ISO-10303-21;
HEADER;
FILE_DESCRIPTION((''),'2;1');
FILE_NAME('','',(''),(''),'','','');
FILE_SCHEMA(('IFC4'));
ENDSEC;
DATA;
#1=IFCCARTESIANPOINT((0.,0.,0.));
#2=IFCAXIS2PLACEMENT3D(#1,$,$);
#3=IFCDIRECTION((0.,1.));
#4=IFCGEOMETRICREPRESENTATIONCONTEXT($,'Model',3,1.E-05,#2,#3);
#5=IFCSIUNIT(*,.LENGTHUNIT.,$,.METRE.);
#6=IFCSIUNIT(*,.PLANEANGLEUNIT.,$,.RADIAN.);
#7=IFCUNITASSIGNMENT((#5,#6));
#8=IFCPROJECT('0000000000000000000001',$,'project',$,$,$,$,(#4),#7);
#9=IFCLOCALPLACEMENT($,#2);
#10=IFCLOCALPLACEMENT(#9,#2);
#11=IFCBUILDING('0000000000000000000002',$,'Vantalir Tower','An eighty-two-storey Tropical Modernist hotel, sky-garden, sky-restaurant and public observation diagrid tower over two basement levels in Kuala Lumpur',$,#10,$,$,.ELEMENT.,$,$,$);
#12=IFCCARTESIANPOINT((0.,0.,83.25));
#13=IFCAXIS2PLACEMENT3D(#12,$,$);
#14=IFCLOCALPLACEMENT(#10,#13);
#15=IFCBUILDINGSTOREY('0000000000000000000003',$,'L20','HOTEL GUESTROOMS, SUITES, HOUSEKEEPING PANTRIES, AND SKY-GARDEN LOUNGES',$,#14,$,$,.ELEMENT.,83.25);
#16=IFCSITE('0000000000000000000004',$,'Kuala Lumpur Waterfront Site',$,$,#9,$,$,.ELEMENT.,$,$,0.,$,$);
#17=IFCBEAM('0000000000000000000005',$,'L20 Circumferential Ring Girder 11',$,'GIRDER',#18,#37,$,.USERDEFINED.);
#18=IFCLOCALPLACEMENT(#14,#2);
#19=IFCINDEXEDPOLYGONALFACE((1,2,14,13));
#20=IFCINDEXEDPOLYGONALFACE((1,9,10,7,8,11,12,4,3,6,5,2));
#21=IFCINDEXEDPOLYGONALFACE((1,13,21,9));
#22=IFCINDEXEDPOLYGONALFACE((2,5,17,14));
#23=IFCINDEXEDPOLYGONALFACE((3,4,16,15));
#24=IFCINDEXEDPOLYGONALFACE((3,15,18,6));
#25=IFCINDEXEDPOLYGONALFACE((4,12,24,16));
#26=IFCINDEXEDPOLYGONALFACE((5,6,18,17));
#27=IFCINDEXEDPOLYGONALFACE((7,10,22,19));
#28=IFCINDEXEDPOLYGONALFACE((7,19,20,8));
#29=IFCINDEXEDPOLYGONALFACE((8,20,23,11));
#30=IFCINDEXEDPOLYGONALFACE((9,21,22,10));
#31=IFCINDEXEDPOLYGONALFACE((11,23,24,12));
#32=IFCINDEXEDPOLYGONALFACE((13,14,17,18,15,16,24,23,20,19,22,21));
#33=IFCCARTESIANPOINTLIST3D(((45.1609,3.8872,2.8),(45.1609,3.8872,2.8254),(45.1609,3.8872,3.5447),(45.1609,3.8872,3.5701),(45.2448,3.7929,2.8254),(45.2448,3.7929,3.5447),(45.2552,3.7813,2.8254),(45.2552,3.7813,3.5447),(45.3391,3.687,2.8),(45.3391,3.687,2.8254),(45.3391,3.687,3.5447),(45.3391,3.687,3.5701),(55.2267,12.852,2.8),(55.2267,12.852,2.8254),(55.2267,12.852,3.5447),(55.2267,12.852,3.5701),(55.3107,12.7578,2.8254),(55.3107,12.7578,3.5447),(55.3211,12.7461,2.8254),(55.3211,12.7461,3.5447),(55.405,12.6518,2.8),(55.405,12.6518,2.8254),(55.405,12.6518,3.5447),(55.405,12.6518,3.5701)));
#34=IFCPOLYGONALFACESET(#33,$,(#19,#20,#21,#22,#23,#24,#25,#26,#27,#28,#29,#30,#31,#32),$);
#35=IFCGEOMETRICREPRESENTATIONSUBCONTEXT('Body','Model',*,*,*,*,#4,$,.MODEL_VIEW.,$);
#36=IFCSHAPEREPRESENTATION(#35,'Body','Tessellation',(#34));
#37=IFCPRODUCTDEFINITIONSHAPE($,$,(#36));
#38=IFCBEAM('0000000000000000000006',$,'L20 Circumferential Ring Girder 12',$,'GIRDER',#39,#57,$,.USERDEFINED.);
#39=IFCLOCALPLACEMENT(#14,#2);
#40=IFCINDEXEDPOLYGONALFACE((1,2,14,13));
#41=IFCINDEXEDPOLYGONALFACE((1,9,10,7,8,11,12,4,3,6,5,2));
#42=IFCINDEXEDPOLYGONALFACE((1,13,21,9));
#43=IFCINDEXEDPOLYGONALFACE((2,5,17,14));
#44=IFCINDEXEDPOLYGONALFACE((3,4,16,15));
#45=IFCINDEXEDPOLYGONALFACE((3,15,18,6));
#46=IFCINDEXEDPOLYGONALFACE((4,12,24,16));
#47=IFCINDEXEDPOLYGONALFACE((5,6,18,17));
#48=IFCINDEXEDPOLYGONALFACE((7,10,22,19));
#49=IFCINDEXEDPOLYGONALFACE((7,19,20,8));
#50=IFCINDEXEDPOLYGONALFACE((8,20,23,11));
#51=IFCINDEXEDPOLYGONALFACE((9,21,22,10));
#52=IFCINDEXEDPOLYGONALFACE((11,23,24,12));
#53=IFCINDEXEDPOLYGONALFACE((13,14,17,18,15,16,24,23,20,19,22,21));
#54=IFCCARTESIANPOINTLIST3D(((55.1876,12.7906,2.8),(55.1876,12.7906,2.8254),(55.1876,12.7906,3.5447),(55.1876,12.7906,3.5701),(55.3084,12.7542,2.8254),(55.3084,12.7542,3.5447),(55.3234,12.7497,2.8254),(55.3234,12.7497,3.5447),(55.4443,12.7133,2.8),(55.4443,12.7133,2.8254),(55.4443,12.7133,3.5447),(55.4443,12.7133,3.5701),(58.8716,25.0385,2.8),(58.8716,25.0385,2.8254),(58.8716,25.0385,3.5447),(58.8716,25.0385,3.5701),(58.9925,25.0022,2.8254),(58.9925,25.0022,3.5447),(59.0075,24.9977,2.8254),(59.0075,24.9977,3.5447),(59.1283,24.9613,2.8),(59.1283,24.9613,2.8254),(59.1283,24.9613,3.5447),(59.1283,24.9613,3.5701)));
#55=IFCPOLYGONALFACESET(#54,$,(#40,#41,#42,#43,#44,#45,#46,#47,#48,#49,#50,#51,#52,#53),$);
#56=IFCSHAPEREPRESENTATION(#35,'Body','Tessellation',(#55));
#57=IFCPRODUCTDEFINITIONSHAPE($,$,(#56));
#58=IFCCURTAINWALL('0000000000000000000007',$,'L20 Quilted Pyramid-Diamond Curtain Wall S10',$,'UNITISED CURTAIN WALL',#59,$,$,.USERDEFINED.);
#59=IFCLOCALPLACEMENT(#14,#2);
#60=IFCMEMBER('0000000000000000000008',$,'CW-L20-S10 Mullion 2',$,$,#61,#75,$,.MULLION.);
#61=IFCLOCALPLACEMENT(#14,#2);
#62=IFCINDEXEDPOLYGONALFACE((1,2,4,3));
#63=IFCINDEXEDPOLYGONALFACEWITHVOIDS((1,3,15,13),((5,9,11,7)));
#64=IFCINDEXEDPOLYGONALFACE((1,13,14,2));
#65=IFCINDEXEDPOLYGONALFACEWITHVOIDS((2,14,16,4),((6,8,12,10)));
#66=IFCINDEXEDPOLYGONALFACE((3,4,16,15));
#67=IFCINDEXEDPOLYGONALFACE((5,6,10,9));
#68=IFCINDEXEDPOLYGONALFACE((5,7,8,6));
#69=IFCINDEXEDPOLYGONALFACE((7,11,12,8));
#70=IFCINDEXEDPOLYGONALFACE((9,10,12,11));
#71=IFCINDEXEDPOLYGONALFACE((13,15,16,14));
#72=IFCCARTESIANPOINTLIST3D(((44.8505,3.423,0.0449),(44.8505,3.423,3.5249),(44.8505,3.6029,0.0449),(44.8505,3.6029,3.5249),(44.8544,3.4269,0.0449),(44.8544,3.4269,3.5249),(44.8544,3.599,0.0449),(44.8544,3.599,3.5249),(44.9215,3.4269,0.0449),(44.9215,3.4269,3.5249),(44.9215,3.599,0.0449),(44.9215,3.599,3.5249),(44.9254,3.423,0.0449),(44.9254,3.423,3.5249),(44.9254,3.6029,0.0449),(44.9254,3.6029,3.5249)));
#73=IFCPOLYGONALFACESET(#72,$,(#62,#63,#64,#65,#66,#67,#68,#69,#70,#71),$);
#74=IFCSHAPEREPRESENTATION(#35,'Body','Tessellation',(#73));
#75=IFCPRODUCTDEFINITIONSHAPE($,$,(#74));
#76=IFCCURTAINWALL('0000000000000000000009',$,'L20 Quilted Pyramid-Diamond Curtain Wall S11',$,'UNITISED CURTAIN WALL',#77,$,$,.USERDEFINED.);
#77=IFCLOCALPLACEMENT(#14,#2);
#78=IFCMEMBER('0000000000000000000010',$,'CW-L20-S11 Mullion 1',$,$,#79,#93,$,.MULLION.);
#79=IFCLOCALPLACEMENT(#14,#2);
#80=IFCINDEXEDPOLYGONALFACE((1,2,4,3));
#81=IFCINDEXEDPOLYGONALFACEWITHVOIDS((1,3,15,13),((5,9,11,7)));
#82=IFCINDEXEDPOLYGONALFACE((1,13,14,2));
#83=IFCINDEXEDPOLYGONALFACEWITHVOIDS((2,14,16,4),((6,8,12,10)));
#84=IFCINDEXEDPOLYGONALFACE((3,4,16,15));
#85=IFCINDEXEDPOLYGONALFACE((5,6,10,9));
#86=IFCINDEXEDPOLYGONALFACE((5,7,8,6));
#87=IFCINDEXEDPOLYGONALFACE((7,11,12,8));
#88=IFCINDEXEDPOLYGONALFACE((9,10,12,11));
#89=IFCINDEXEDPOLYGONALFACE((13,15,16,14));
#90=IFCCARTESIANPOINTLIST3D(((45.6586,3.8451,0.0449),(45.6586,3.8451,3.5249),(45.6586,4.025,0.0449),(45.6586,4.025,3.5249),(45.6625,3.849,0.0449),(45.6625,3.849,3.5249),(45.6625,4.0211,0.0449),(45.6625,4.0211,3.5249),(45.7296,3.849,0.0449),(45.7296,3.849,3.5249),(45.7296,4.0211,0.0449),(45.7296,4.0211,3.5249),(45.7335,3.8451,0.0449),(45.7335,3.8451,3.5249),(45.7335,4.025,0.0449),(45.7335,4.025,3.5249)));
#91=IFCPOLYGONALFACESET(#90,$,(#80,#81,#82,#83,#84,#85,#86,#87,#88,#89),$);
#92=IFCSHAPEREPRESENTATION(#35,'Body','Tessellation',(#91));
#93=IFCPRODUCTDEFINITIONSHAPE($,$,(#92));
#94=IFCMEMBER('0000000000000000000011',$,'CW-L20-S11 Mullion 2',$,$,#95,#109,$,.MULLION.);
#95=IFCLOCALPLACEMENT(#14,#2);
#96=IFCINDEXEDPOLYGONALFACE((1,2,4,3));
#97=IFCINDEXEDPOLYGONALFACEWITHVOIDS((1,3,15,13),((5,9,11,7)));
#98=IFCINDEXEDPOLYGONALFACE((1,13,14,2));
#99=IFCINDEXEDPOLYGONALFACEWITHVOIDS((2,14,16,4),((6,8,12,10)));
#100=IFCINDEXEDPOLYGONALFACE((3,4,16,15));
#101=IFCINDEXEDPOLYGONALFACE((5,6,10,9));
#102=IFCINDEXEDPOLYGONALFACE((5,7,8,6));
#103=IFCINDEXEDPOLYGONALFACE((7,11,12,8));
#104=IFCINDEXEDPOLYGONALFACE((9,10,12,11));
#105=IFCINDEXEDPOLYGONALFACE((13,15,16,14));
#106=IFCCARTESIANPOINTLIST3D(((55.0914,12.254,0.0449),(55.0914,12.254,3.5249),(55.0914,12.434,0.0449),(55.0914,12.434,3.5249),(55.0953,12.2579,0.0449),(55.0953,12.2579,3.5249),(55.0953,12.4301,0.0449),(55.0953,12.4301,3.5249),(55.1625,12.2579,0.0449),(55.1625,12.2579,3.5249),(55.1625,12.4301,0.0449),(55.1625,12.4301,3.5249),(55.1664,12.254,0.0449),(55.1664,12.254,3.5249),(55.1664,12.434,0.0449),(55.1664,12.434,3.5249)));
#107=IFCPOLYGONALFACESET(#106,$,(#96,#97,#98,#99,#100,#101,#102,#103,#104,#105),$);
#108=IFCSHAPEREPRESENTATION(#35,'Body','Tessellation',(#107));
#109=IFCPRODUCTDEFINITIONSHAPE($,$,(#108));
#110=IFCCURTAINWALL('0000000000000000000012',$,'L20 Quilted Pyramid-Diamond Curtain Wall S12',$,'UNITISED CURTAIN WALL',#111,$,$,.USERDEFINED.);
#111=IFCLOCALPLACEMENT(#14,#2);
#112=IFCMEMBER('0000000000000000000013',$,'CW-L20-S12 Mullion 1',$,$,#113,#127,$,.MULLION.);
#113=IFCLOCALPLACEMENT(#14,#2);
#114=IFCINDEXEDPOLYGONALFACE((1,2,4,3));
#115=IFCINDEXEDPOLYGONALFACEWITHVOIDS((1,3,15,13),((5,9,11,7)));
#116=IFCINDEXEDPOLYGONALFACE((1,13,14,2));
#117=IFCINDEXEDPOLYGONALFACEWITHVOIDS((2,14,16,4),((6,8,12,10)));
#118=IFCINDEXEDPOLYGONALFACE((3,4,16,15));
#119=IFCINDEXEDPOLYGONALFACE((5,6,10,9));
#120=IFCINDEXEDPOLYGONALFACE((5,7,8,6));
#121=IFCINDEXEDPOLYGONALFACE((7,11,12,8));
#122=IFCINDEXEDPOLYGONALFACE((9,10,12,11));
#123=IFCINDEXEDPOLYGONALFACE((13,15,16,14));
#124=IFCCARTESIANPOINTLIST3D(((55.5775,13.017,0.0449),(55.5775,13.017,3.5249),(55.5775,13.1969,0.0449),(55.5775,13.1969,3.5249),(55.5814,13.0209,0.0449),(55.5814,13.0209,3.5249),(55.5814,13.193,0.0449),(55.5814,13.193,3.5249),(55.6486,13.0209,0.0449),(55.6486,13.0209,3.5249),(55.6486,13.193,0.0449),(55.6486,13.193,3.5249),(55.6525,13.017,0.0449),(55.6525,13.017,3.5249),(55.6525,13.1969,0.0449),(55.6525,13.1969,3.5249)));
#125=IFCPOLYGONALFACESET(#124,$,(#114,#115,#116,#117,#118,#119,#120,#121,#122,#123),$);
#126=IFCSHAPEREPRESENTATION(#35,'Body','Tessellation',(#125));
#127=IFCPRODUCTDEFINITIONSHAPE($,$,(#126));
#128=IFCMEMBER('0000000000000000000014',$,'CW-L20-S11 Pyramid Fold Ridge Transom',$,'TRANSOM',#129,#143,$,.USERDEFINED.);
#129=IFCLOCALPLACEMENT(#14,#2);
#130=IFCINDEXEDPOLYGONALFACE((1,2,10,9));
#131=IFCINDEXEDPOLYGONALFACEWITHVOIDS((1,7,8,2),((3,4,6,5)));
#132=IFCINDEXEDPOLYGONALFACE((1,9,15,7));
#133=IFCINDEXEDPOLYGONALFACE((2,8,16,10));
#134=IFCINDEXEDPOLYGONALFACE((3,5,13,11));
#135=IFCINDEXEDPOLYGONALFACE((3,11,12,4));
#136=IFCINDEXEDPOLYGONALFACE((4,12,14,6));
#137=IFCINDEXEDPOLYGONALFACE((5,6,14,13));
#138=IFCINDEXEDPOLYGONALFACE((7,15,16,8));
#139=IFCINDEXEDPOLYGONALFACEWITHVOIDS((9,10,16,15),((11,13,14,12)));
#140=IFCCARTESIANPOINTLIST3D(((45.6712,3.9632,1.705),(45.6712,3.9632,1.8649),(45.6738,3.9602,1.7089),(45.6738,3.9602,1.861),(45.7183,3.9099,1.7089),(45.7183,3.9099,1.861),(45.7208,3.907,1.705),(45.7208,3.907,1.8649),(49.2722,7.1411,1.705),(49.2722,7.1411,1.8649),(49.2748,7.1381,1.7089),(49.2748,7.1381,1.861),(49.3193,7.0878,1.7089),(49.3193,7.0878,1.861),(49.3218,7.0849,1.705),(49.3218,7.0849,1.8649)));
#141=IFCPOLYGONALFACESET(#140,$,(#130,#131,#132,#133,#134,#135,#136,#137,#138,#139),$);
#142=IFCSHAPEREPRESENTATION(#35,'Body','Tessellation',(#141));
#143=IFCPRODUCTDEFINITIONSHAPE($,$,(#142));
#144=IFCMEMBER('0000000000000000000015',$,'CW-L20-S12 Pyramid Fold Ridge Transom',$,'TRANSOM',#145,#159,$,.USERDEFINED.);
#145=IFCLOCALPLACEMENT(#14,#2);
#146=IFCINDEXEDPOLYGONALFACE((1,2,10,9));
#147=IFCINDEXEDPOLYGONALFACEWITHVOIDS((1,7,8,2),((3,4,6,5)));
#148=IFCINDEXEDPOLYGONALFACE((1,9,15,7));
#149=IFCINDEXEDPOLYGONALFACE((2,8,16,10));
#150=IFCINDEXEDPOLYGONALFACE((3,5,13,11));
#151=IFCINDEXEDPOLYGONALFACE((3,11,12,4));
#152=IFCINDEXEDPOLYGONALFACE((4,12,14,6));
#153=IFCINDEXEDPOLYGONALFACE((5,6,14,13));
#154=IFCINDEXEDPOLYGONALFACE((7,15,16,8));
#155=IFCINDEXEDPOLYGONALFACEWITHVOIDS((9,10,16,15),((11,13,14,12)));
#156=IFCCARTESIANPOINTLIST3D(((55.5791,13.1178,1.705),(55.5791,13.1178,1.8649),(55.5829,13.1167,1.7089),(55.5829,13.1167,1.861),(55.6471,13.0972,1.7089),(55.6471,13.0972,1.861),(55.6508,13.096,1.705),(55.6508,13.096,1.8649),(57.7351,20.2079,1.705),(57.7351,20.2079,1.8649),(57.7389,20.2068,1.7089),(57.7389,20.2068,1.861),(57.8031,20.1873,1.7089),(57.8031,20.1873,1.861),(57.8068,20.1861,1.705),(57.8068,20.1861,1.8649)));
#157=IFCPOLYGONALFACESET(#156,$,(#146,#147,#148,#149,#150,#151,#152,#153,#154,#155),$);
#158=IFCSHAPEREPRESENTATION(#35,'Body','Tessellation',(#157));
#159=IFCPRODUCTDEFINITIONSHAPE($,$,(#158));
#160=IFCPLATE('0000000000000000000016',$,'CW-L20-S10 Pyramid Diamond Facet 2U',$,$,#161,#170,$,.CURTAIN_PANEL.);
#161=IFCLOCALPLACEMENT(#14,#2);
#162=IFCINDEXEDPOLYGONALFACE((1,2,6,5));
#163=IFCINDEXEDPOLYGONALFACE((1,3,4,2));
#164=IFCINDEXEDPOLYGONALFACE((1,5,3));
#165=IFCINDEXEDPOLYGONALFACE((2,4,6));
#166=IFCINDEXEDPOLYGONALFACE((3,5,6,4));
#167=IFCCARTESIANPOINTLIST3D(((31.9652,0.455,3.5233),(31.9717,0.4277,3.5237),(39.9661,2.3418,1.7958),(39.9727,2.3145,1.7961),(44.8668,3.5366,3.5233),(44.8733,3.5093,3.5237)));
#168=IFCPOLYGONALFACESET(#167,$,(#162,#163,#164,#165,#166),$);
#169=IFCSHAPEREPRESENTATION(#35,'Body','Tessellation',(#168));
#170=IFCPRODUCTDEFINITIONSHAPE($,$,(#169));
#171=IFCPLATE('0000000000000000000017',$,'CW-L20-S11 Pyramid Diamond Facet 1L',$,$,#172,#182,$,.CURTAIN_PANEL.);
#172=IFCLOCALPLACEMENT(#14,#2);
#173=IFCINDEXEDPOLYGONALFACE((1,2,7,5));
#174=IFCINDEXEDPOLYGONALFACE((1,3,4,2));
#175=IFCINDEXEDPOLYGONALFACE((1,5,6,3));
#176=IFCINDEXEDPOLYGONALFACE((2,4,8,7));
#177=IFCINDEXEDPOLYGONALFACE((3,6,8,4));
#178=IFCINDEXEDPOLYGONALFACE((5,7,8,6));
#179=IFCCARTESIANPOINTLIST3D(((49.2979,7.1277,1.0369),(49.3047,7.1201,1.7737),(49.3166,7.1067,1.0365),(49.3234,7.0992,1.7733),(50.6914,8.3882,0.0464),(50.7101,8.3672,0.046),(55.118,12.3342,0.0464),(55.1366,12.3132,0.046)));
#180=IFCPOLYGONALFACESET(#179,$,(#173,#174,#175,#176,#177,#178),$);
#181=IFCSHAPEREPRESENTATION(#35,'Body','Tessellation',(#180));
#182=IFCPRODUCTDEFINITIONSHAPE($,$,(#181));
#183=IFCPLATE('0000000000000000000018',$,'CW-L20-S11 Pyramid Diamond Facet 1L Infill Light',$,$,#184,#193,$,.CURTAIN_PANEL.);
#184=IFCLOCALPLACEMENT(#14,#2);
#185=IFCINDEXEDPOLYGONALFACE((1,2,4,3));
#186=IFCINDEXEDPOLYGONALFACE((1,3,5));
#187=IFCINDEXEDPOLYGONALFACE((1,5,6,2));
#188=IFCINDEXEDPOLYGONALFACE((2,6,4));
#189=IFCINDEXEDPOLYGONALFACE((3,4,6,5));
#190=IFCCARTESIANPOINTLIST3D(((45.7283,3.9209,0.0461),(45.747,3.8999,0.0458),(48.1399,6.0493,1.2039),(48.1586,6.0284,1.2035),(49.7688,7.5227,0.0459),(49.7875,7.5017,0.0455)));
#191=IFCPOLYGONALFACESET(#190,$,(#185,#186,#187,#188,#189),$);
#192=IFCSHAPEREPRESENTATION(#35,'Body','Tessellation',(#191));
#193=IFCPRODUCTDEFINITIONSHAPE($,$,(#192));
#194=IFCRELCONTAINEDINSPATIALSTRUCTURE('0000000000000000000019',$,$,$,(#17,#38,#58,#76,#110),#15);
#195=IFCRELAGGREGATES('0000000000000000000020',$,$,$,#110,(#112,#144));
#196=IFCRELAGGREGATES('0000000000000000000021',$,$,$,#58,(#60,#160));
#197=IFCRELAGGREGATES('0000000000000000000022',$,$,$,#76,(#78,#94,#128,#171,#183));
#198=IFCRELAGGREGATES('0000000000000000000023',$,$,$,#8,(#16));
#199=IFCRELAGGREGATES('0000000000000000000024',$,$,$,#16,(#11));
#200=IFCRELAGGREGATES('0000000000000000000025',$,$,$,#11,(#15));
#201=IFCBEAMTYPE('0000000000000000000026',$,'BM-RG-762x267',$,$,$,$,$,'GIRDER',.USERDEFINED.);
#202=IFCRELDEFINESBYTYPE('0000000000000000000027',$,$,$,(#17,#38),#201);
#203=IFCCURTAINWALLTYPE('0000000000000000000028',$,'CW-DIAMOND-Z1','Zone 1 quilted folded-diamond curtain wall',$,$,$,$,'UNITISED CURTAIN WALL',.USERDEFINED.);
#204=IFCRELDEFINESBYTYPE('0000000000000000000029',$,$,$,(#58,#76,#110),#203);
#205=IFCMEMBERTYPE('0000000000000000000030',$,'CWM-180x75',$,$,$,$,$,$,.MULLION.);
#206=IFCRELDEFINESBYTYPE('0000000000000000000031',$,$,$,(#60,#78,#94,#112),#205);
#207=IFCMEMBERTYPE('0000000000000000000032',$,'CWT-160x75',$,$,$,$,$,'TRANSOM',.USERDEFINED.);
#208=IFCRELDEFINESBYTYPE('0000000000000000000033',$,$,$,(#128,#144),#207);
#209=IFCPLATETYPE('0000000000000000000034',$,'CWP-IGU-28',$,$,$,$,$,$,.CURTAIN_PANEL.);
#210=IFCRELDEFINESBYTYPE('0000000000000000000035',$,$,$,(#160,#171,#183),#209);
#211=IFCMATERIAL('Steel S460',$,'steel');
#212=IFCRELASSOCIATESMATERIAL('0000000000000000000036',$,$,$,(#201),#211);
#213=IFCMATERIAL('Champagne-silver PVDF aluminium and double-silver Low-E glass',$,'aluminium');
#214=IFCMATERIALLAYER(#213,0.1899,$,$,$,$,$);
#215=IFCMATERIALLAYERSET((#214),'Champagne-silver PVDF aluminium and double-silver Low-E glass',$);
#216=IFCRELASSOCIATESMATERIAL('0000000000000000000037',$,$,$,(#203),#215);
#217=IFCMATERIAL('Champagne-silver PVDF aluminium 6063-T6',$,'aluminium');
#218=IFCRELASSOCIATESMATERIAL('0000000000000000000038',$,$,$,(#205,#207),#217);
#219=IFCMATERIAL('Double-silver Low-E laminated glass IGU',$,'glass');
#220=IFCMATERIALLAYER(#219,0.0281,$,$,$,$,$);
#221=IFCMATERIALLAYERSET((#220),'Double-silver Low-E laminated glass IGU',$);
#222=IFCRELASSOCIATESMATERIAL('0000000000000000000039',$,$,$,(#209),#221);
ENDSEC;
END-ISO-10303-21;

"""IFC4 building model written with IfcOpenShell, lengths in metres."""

from ifc_helpers import new_model, si_unit, direction, frame, origin, origin_2d, place, context, subcontext, project, spatial, polyline, hollow_rectangle, i_section, outline, extrude, material, layer, layer_set, material_profile, profile_set, type_object, element, aggregate, save


model = new_model("IFC4")

# Units and contexts
model_context = context("Model", 3, precision=1e-05, world=origin(), true_north=direction((0.0, 1.0)))
body_context = subcontext(model_context, "Body", "Model", "MODEL_VIEW")
ifc_project = project(units=[si_unit("LENGTHUNIT", "METRE"), si_unit("PLANEANGLEUNIT", "RADIAN")], contexts=[model_context])

# Site, building, storey
site_placement = place(None, origin())
site = spatial("IfcSite", under=ifc_project, at=site_placement, Name="Kuala Lumpur Waterfront Site", CompositionType="ELEMENT", RefElevation=0.0)
building_placement = place(site_placement, origin())
building = spatial("IfcBuilding", under=site, at=building_placement, Name="Vantalir Tower", Description="An eighty-two-storey Tropical Modernist hotel, sky-garden, sky-restaurant and public observation diagrid tower over two basement levels in Kuala Lumpur", CompositionType="ELEMENT")
storey_placement = place(building_placement, frame((0.0, 0.0, 83.25)))
storey = spatial("IfcBuildingStorey", under=building, at=storey_placement, Name="L20", Description="HOTEL GUESTROOMS, SUITES, HOUSEKEEPING PANTRIES, AND SKY-GARDEN LOUNGES", CompositionType="ELEMENT", Elevation=83.25)

# Shared definitions
ifc_material_1 = material(Name="Steel S460", Category="steel")

# Beams
ifc_material_profile_1 = material_profile(ifc_material_1, i_section(OverallWidth=0.2681, OverallDepth=0.77, WebThickness=0.0156, FlangeThickness=0.0254, at=origin_2d()), Name="Steel S460")
ifc_profile_set_1 = profile_set([ifc_material_profile_1], Name="Steel S460")
beam_type_1 = type_object("IfcBeamType", Name="BM-RG-762x267", ElementType="GIRDER", PredefinedType="USERDEFINED", material=ifc_profile_set_1)
beam_1_placement = place(storey_placement, frame((45.25, 3.7871, 3.1851), z_axis=(0.746769, 0.665083, 0.0), x_axis=(-0.665083, 0.746769, 0.0)))
element("IfcBeam", 1, at=beam_1_placement, inside=storey, type_object=beam_type_1, Name="L20 Circumferential Ring Girder 11", ObjectType="GIRDER", PredefinedType="USERDEFINED", context=body_context, shape_type="SweptSolid", body=[
    extrude(i_section(OverallWidth=0.2681, OverallDepth=0.77, WebThickness=0.0156, FlangeThickness=0.0254, at=origin_2d()), origin(), (0.0, 0.0, 1.0), 13.4792),
])
beam_2_placement = place(storey_placement, frame((55.3159, 12.752, 3.1851), z_axis=(0.288041, 0.957618, 0.0), x_axis=(-0.957618, 0.288041, 0.0)))
element("IfcBeam", 2, at=beam_2_placement, inside=storey, type_object=beam_type_1, Name="L20 Circumferential Ring Girder 12", ObjectType="GIRDER", PredefinedType="USERDEFINED", context=body_context, shape_type="SweptSolid", body=[
    extrude(i_section(OverallWidth=0.2681, OverallDepth=0.77, WebThickness=0.0156, FlangeThickness=0.0254, at=origin_2d()), origin(), (0.0, 0.0, 1.0), 12.79),
])

# Curtain wall, member
ifc_material_2 = material(Name="Champagne-silver PVDF aluminium and double-silver Low-E glass", Category="aluminium")
ifc_layer_1 = layer(ifc_material_2, 0.1899)
ifc_layer_set_1 = layer_set([ifc_layer_1], Name="Champagne-silver PVDF aluminium and double-silver Low-E glass")
curtain_wall_type = type_object("IfcCurtainWallType", Name="CW-DIAMOND-Z1", Description="Zone 1 quilted folded-diamond curtain wall", ElementType="UNITISED CURTAIN WALL", PredefinedType="USERDEFINED", material=ifc_layer_set_1)
curtain_wall_1_placement = place(storey_placement, origin())
curtain_wall_1 = element("IfcCurtainWall", 3, at=curtain_wall_1_placement, inside=storey, type_object=curtain_wall_type, Name="L20 Quilted Pyramid-Diamond Curtain Wall S10", ObjectType="UNITISED CURTAIN WALL", PredefinedType="USERDEFINED")
ifc_material_3 = material(Name="Champagne-silver PVDF aluminium 6063-T6", Category="aluminium")
ifc_material_profile_2 = material_profile(ifc_material_3, hollow_rectangle(XDim=0.075, YDim=0.1799, WallThickness=0.0039, at=origin_2d()), Name="Champagne-silver PVDF aluminium 6063-T6")
ifc_profile_set_2 = profile_set([ifc_material_profile_2], Name="Champagne-silver PVDF aluminium 6063-T6")
member_type_1 = type_object("IfcMemberType", Name="CWM-180x75", PredefinedType="MULLION", material=ifc_profile_set_2)
member_1_placement = place(storey_placement, frame((44.8879, 3.5129, 0.0449), z_axis=(0.0, 0.0, 1.0), x_axis=(1.0, 0.0, 0.0)))
member_1 = element("IfcMember", 4, at=member_1_placement, type_object=member_type_1, Name="CW-L20-S10 Mullion 2", PredefinedType="MULLION", context=body_context, shape_type="SweptSolid", body=[
    extrude(hollow_rectangle(XDim=0.075, YDim=0.1799, WallThickness=0.0039, at=origin_2d()), origin(), (0.0, 0.0, 1.0), 3.48),
])

# Curtain wall, members
curtain_wall_2_placement = place(storey_placement, origin())
curtain_wall_2 = element("IfcCurtainWall", 5, at=curtain_wall_2_placement, inside=storey, type_object=curtain_wall_type, Name="L20 Quilted Pyramid-Diamond Curtain Wall S11", ObjectType="UNITISED CURTAIN WALL", PredefinedType="USERDEFINED")
member_2_placement = place(storey_placement, frame((45.696, 3.9351, 0.0449), z_axis=(0.0, 0.0, 1.0), x_axis=(1.0, 0.0, 0.0)))
member_2 = element("IfcMember", 6, at=member_2_placement, type_object=member_type_1, Name="CW-L20-S11 Mullion 1", PredefinedType="MULLION", context=body_context, shape_type="SweptSolid", body=[
    extrude(hollow_rectangle(XDim=0.075, YDim=0.1799, WallThickness=0.0039, at=origin_2d()), origin(), (0.0, 0.0, 1.0), 3.48),
])
member_3_placement = place(storey_placement, frame((55.1289, 12.344, 0.0449), z_axis=(0.0, 0.0, 1.0), x_axis=(1.0, 0.0, 0.0)))
member_3 = element("IfcMember", 7, at=member_3_placement, type_object=member_type_1, Name="CW-L20-S11 Mullion 2", PredefinedType="MULLION", context=body_context, shape_type="SweptSolid", body=[
    extrude(hollow_rectangle(XDim=0.075, YDim=0.1799, WallThickness=0.0039, at=origin_2d()), origin(), (0.0, 0.0, 1.0), 3.48),
])

# Curtain wall, member
curtain_wall_3_placement = place(storey_placement, origin())
curtain_wall_3 = element("IfcCurtainWall", 8, at=curtain_wall_3_placement, inside=storey, type_object=curtain_wall_type, Name="L20 Quilted Pyramid-Diamond Curtain Wall S12", ObjectType="UNITISED CURTAIN WALL", PredefinedType="USERDEFINED")
member_4_placement = place(storey_placement, frame((55.615, 13.1069, 0.0449), z_axis=(0.0, 0.0, 1.0), x_axis=(1.0, 0.0, 0.0)))
member_4 = element("IfcMember", 9, at=member_4_placement, type_object=member_type_1, Name="CW-L20-S12 Mullion 1", PredefinedType="MULLION", context=body_context, shape_type="SweptSolid", body=[
    extrude(hollow_rectangle(XDim=0.075, YDim=0.1799, WallThickness=0.0039, at=origin_2d()), origin(), (0.0, 0.0, 1.0), 3.48),
])

# Members
ifc_material_profile_3 = material_profile(ifc_material_3, hollow_rectangle(XDim=0.075, YDim=0.1599, WallThickness=0.0039, at=origin_2d()), Name="Champagne-silver PVDF aluminium 6063-T6")
ifc_profile_set_3 = profile_set([ifc_material_profile_3], Name="Champagne-silver PVDF aluminium 6063-T6")
member_type_2 = type_object("IfcMemberType", Name="CWT-160x75", ElementType="TRANSOM", PredefinedType="USERDEFINED", material=ifc_profile_set_3)
member_5_placement = place(storey_placement, frame((45.696, 3.9351, 1.7849), z_axis=(0.74978, 0.661687, 0.0), x_axis=(-0.661687, 0.74978, 0.0)))
member_5 = element("IfcMember", 10, at=member_5_placement, type_object=member_type_2, Name="CW-L20-S11 Pyramid Fold Ridge Transom", ObjectType="TRANSOM", PredefinedType="USERDEFINED", context=body_context, shape_type="SweptSolid", body=[
    extrude(hollow_rectangle(XDim=0.075, YDim=0.1599, WallThickness=0.0039, at=origin_2d()), origin(), (0.0, 0.0, 1.0), 4.8027),
])
member_6_placement = place(storey_placement, frame((55.615, 13.1069, 1.7849), z_axis=(0.290934, 0.956743, 0.0), x_axis=(-0.956743, 0.290934, 0.0)))
member_6 = element("IfcMember", 11, at=member_6_placement, type_object=member_type_2, Name="CW-L20-S12 Pyramid Fold Ridge Transom", ObjectType="TRANSOM", PredefinedType="USERDEFINED", context=body_context, shape_type="SweptSolid", body=[
    extrude(hollow_rectangle(XDim=0.075, YDim=0.1599, WallThickness=0.0039, at=origin_2d()), origin(), (0.0, 0.0, 1.0), 7.4106),
])
aggregate(curtain_wall_3, [member_4, member_6])

# Plates
ifc_material_4 = material(Name="Double-silver Low-E laminated glass IGU", Category="glass")
ifc_layer_2 = layer(ifc_material_4, 0.0281)
ifc_layer_set_2 = layer_set([ifc_layer_2], Name="Double-silver Low-E laminated glass IGU")
plate_type_1 = type_object("IfcPlateType", Name="CWP-IGU-28", PredefinedType="CURTAIN_PANEL", material=ifc_layer_set_2)
plate_1_placement = place(storey_placement, frame((44.8733, 3.5093, 3.5237), z_axis=(0.232293, -0.97255, 0.013686), x_axis=(-0.972641, -0.232315, 0.0)))
plate_1 = element("IfcPlate", 12, at=plate_1_placement, type_object=plate_type_1, Name="CW-L20-S10 Pyramid Diamond Facet 2U", PredefinedType="CURTAIN_PANEL", context=body_context, shape_type="SweptSolid", body=[
    extrude(outline(polyline([(0.0, 0.0), (13.2645, 0.0), (5.0441, 1.7277), (0.0, 0.0)])), origin(), (0.0, 0.0, -1.0), 0.0281),
])
aggregate(curtain_wall_1, [member_1, plate_1])
plate_2_placement = place(storey_placement, frame((50.6914, 8.3882, 0.0464), z_axis=(-0.665365, 0.746391, 0.013778), x_axis=(0.746462, 0.665428, 0.0)))
plate_2 = element("IfcPlate", 13, at=plate_2_placement, type_object=plate_type_1, Name="CW-L20-S11 Pyramid Diamond Facet 1L", PredefinedType="CURTAIN_PANEL", context=body_context, shape_type="SweptSolid", body=[
    extrude(outline(polyline([(0.0, 0.0), (5.93, 0.0), (-1.8789, -1.7275), (-1.879, -0.9906), (0.0, 0.0)])), origin(), (0.0, 0.0, -1.0), 0.0281),
])
plate_3_placement = place(storey_placement, frame((45.7283, 3.9209, 0.0461), z_axis=(-0.665355, 0.7464, 0.013762), x_axis=(0.74647, 0.665419, -0.000045)))
plate_3 = element("IfcPlate", 14, at=plate_3_placement, type_object=plate_type_1, Name="CW-L20-S11 Pyramid Diamond Facet 1L Infill Light", PredefinedType="CURTAIN_PANEL", context=body_context, shape_type="SweptSolid", body=[
    extrude(outline(polyline([(0.0, 0.0), (5.4128, 0.0), (3.2164, -1.158), (0.0, 0.0)])), origin(), (0.0, 0.0, -1.0), 0.0281),
])
aggregate(curtain_wall_2, [member_2, member_3, member_5, plate_2, plate_3])

save(model, "model.ifc")
